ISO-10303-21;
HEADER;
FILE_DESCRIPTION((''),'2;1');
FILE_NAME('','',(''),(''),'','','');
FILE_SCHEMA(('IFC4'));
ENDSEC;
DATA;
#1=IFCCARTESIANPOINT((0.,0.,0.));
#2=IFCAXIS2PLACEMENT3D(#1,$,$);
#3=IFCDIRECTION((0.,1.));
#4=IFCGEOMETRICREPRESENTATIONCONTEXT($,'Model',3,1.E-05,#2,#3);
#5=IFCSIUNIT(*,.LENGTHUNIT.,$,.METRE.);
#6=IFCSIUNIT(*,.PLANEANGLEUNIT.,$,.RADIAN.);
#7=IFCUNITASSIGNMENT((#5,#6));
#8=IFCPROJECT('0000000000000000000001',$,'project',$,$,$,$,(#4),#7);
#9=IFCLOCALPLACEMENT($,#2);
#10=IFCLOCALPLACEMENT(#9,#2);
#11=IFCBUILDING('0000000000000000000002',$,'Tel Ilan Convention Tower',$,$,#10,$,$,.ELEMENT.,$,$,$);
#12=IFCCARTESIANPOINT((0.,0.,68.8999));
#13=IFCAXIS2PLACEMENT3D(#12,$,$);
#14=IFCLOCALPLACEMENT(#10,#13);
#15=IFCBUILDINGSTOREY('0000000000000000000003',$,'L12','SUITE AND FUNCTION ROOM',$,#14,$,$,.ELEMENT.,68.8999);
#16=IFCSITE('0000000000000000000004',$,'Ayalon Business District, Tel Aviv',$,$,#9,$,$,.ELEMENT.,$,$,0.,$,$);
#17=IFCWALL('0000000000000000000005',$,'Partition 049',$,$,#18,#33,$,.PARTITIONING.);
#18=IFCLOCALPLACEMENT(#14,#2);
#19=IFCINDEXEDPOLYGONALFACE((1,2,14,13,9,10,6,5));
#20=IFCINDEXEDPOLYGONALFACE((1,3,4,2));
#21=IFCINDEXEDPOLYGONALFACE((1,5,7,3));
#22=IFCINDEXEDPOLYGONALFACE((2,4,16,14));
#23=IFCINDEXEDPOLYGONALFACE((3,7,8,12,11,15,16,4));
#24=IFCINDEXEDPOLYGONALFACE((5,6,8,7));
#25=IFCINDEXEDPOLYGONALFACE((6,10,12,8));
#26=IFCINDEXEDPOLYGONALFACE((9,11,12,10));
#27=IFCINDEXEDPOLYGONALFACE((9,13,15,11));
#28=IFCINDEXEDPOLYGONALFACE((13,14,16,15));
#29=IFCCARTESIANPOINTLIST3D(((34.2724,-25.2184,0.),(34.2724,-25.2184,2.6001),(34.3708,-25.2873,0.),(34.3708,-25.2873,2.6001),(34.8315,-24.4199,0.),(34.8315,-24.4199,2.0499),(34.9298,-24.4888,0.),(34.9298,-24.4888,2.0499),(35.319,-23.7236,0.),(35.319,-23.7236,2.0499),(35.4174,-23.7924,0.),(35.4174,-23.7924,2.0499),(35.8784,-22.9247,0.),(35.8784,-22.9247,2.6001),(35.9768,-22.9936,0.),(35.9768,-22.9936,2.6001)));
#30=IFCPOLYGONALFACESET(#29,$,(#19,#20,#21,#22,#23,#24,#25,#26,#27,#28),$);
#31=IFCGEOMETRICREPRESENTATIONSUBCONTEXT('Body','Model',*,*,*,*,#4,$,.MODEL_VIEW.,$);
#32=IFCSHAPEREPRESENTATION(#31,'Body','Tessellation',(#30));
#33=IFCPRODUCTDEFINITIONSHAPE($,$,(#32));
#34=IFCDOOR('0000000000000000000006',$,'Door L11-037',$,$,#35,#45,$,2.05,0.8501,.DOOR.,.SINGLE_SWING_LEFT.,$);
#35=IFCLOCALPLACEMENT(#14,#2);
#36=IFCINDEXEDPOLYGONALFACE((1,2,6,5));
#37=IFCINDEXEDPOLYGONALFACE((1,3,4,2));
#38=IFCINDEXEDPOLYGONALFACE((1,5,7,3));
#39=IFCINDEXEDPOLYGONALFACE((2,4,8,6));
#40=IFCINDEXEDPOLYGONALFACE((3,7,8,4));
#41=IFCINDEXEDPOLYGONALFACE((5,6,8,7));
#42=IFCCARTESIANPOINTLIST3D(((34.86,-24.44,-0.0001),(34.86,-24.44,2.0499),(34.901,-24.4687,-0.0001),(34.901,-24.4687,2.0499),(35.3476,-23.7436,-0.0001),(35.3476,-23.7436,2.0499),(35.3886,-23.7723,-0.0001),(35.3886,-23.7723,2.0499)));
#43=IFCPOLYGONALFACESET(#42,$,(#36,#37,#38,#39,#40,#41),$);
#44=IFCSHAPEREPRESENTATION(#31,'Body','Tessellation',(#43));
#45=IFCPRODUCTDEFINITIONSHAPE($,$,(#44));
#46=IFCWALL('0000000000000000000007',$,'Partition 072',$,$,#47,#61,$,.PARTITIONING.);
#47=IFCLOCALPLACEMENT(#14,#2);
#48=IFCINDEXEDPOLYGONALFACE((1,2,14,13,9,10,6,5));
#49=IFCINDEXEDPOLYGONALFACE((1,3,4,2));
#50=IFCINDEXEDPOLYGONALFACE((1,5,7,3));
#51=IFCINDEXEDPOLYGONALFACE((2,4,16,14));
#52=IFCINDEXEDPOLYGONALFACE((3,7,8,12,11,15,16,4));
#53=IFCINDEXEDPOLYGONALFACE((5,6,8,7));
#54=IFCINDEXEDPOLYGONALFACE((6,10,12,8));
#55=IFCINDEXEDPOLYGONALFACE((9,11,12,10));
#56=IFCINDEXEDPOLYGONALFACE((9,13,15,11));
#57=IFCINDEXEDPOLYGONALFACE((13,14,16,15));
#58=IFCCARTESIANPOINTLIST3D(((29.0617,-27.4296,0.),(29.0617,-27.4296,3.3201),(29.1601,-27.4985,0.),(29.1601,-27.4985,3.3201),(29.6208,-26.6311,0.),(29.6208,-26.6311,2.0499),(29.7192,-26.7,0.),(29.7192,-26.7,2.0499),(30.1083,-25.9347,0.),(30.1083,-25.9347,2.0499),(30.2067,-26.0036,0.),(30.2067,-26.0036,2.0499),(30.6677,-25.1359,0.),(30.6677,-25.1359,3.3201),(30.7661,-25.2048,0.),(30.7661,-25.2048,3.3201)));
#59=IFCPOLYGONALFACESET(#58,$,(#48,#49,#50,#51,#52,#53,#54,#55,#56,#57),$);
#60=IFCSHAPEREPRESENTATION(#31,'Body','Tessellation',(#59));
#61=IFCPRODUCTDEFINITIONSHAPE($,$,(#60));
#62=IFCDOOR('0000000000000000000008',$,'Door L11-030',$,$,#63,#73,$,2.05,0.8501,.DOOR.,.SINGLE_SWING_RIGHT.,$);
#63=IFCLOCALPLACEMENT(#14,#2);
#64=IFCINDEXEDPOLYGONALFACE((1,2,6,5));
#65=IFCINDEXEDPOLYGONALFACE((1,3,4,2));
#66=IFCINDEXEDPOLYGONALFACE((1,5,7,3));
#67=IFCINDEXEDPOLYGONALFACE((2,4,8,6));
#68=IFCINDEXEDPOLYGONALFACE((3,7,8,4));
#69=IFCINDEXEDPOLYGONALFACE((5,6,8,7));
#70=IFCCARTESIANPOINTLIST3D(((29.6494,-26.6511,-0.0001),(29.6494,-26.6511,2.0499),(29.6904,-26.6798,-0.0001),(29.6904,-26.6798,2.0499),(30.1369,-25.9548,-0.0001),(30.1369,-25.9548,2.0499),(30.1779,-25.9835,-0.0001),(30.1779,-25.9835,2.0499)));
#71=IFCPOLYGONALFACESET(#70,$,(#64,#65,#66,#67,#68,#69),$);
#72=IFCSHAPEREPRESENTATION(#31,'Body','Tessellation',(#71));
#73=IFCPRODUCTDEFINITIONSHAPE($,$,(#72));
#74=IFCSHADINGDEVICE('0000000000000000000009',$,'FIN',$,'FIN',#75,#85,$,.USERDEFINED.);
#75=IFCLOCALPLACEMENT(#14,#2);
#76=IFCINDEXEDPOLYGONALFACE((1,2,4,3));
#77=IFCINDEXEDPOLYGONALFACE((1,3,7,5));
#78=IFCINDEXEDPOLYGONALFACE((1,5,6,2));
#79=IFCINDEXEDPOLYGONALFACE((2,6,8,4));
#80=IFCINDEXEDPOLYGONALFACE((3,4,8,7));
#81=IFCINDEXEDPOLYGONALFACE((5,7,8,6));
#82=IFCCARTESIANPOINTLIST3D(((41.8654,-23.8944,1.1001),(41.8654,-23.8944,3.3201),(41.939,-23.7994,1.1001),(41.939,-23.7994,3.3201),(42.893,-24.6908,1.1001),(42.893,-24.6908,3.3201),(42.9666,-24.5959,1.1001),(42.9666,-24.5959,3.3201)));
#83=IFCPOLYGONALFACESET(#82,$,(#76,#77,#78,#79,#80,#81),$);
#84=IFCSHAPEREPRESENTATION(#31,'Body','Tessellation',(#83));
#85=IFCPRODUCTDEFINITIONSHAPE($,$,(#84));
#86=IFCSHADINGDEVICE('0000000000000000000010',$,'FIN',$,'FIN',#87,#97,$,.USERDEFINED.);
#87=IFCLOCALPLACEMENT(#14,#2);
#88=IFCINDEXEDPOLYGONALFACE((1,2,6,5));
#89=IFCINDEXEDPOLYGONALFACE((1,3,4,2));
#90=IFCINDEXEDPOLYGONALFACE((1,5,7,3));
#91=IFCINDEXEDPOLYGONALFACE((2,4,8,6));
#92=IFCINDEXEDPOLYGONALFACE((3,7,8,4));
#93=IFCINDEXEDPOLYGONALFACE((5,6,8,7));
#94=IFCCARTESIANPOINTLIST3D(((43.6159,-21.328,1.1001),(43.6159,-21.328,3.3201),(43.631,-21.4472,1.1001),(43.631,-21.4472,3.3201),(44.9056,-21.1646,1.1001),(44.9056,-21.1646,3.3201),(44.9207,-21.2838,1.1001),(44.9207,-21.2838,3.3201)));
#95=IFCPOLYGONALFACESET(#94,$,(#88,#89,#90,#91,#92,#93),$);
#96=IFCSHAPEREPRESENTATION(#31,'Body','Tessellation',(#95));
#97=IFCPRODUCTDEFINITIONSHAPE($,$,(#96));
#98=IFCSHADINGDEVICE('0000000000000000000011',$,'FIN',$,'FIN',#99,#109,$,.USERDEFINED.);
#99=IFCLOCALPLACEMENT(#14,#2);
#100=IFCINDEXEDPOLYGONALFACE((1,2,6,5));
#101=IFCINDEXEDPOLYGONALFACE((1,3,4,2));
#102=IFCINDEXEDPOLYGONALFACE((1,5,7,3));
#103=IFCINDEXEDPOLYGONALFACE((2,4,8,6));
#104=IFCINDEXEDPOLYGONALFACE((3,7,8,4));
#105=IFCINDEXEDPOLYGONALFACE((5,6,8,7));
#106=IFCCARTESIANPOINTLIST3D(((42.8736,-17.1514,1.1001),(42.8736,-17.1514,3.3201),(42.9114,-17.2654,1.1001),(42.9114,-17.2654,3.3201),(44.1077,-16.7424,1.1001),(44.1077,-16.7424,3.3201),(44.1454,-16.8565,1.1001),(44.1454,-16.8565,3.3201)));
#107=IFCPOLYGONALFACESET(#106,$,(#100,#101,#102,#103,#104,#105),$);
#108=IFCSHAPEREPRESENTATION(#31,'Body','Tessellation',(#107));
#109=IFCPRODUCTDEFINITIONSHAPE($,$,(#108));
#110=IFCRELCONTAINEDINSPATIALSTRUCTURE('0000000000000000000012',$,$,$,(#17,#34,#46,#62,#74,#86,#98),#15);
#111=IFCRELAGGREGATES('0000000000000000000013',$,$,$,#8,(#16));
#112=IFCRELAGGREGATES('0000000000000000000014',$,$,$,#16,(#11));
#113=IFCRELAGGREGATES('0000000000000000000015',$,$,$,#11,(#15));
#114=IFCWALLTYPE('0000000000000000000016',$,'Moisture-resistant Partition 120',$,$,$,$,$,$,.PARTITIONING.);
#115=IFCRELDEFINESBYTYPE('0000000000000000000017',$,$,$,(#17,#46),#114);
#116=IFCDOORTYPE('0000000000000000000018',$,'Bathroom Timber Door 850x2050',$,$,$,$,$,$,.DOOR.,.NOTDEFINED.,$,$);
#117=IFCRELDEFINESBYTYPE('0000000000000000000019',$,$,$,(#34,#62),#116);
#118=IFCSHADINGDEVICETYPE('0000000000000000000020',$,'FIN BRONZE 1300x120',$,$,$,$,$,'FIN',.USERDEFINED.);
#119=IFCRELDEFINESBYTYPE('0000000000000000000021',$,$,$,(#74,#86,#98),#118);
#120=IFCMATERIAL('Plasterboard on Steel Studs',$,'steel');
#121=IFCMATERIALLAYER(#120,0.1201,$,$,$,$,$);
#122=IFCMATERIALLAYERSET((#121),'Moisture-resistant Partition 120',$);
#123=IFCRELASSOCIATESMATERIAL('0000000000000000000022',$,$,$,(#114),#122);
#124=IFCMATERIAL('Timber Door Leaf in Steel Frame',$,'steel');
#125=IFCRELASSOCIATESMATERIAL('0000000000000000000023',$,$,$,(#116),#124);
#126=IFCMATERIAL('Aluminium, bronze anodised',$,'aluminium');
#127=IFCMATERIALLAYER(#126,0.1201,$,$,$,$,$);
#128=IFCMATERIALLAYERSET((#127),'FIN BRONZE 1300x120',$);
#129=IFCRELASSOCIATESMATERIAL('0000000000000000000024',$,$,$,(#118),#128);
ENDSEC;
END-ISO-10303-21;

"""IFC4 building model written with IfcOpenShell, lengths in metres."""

from ifc_helpers import new_model, si_unit, direction, frame, frame_2d, origin, origin_2d, place, context, subcontext, project, spatial, rectangle, extrude, material, layer, layer_set, type_object, element, fill, save


model = new_model("IFC4")

# Units and contexts
model_context = context("Model", 3, precision=1e-05, world=origin(), true_north=direction((0.0, 1.0)))
body_context = subcontext(model_context, "Body", "Model", "MODEL_VIEW")
ifc_project = project(units=[si_unit("LENGTHUNIT", "METRE"), si_unit("PLANEANGLEUNIT", "RADIAN")], contexts=[model_context])

# Site, building, storey
site_placement = place(None, origin())
site = spatial("IfcSite", under=ifc_project, at=site_placement, Name="Ayalon Business District, Tel Aviv", CompositionType="ELEMENT", RefElevation=0.0)
building_placement = place(site_placement, origin())
building = spatial("IfcBuilding", under=site, at=building_placement, Name="Tel Ilan Convention Tower", CompositionType="ELEMENT")
storey_placement = place(building_placement, frame((0.0, 0.0, 68.8999)))
storey = spatial("IfcBuildingStorey", under=building, at=storey_placement, Name="L12", Description="SUITE AND FUNCTION ROOM", CompositionType="ELEMENT", Elevation=68.8999)

# Shared definitions
ifc_material_1 = material(Name="Plasterboard on Steel Studs", Category="steel")
ifc_layer_1 = layer(ifc_material_1, 0.1201)
ifc_layer_set_1 = layer_set([ifc_layer_1], Name="Moisture-resistant Partition 120")
wall_type_1 = type_object("IfcWallType", Name="Moisture-resistant Partition 120", PredefinedType="PARTITIONING", material=ifc_layer_set_1)

# Walls, openings, doors
wall_1_placement = place(storey_placement, frame((35.9275, -22.9592, 0.0), z_axis=(0.0, 0.0, 1.0), x_axis=(-0.57355, -0.81917, 0.0)))
wall_1 = element("IfcWall", 1, at=wall_1_placement, inside=storey, type_object=wall_type_1, Name="Partition 049", PredefinedType="PARTITIONING", context=body_context, shape_type="SweptSolid", body=[
    extrude(rectangle(XDim=2.8, YDim=0.1201, at=frame_2d((1.3999, 0.0))), origin(), (0.0, 0.0, 1.0), 2.6001),
])
opening_1_placement = place(wall_1_placement, frame((0.9751, 0.0, 0.0)))
opening_1 = element("IfcOpeningElement", 2, at=opening_1_placement, cuts=wall_1, PredefinedType="OPENING", context=body_context, shape_type="SweptSolid", body=[
    extrude(rectangle(XDim=0.8501, YDim=2.05, at=frame_2d((0.425, 1.0249))), frame((0.0, 0.0701, 0.0), z_axis=(0.0, -1.0, 0.0), x_axis=(1.0, 0.0, 0.0)), (0.0, 0.0, 1.0), 0.1401),
])
ifc_material_2 = material(Name="Timber Door Leaf in Steel Frame", Category="steel")
door_type_1 = type_object("IfcDoorType", Name="Bathroom Timber Door 850x2050", OperationType="NOTDEFINED", PredefinedType="DOOR", material=ifc_material_2)
door_1_placement = place(opening_1_placement, origin())
door_1 = element("IfcDoor", 3, at=door_1_placement, inside=storey, type_object=door_type_1, Name="Door L11-037", OperationType="SINGLE_SWING_LEFT", OverallHeight=2.05, OverallWidth=0.8501, PredefinedType="DOOR", context=body_context, shape_type="SweptSolid", body=[
    extrude(rectangle(XDim=0.8501, YDim=2.05, at=frame_2d((0.425, 1.0249))), frame((0.0, 0.0249, 0.0), z_axis=(0.0, -1.0, 0.0), x_axis=(1.0, 0.0, 0.0)), (0.0, 0.0, 1.0), 0.05),
])
fill(opening_1, door_1)
wall_2_placement = place(storey_placement, frame((30.7168, -25.1704, 0.0), z_axis=(0.0, 0.0, 1.0), x_axis=(-0.57355, -0.81917, 0.0)))
wall_2 = element("IfcWall", 4, at=wall_2_placement, inside=storey, type_object=wall_type_1, Name="Partition 072", PredefinedType="PARTITIONING", context=body_context, shape_type="SweptSolid", body=[
    extrude(rectangle(XDim=2.8, YDim=0.1201, at=frame_2d((1.3999, 0.0))), origin(), (0.0, 0.0, 1.0), 3.3201),
])
opening_2_placement = place(wall_2_placement, frame((0.9751, 0.0, 0.0)))
opening_2 = element("IfcOpeningElement", 5, at=opening_2_placement, cuts=wall_2, PredefinedType="OPENING", context=body_context, shape_type="SweptSolid", body=[
    extrude(rectangle(XDim=0.8501, YDim=2.05, at=frame_2d((0.425, 1.0249))), frame((0.0, 0.0701, 0.0), z_axis=(0.0, -1.0, 0.0), x_axis=(1.0, 0.0, 0.0)), (0.0, 0.0, 1.0), 0.1401),
])
door_2_placement = place(opening_2_placement, origin())
door_2 = element("IfcDoor", 6, at=door_2_placement, inside=storey, type_object=door_type_1, Name="Door L11-030", OperationType="SINGLE_SWING_RIGHT", OverallHeight=2.05, OverallWidth=0.8501, PredefinedType="DOOR", context=body_context, shape_type="SweptSolid", body=[
    extrude(rectangle(XDim=0.8501, YDim=2.05, at=frame_2d((0.425, 1.0249))), frame((0.0, 0.0249, 0.0), z_axis=(0.0, -1.0, 0.0), x_axis=(1.0, 0.0, 0.0)), (0.0, 0.0, 1.0), 0.05),
])
fill(opening_2, door_2)

# Shading devices
ifc_material_3 = material(Name="Aluminium, bronze anodised", Category="aluminium")
ifc_layer_2 = layer(ifc_material_3, 0.1201)
ifc_layer_set_2 = layer_set([ifc_layer_2], Name="FIN BRONZE 1300x120")
shading_device_type = type_object("IfcShadingDeviceType", Name="FIN BRONZE 1300x120", ElementType="FIN", PredefinedType="USERDEFINED", material=ifc_layer_set_2)
for number, where, z_axis, x_axis, name in (
    (7, (42.416, -24.2451, 1.1001), (0.0, 0.0, 1.0), (0.790393, -0.612601, 0.0), "FIN"),
    (8, (44.2683, -21.3059, 1.1001), (0.0, 0.0, 1.0), (0.992066, 0.125718, 0.0), "FIN"),
    (9, (43.5095, -17.0039, 1.1001), (0.0, 0.0, 1.0), (0.949243, 0.314545, 0.0), "FIN"),
):
    element("IfcShadingDevice", number, at=place(storey_placement, frame(where, z_axis=z_axis, x_axis=x_axis)), inside=storey, type_object=shading_device_type, Name=name, ObjectType="FIN", PredefinedType="USERDEFINED", context=body_context, shape_type="SweptSolid", body=[
        extrude(rectangle(XDim=1.3, YDim=0.1201, at=origin_2d()), origin(), (0.0, 0.0, 1.0), 2.22),
    ])

save(model, "model.ifc")
